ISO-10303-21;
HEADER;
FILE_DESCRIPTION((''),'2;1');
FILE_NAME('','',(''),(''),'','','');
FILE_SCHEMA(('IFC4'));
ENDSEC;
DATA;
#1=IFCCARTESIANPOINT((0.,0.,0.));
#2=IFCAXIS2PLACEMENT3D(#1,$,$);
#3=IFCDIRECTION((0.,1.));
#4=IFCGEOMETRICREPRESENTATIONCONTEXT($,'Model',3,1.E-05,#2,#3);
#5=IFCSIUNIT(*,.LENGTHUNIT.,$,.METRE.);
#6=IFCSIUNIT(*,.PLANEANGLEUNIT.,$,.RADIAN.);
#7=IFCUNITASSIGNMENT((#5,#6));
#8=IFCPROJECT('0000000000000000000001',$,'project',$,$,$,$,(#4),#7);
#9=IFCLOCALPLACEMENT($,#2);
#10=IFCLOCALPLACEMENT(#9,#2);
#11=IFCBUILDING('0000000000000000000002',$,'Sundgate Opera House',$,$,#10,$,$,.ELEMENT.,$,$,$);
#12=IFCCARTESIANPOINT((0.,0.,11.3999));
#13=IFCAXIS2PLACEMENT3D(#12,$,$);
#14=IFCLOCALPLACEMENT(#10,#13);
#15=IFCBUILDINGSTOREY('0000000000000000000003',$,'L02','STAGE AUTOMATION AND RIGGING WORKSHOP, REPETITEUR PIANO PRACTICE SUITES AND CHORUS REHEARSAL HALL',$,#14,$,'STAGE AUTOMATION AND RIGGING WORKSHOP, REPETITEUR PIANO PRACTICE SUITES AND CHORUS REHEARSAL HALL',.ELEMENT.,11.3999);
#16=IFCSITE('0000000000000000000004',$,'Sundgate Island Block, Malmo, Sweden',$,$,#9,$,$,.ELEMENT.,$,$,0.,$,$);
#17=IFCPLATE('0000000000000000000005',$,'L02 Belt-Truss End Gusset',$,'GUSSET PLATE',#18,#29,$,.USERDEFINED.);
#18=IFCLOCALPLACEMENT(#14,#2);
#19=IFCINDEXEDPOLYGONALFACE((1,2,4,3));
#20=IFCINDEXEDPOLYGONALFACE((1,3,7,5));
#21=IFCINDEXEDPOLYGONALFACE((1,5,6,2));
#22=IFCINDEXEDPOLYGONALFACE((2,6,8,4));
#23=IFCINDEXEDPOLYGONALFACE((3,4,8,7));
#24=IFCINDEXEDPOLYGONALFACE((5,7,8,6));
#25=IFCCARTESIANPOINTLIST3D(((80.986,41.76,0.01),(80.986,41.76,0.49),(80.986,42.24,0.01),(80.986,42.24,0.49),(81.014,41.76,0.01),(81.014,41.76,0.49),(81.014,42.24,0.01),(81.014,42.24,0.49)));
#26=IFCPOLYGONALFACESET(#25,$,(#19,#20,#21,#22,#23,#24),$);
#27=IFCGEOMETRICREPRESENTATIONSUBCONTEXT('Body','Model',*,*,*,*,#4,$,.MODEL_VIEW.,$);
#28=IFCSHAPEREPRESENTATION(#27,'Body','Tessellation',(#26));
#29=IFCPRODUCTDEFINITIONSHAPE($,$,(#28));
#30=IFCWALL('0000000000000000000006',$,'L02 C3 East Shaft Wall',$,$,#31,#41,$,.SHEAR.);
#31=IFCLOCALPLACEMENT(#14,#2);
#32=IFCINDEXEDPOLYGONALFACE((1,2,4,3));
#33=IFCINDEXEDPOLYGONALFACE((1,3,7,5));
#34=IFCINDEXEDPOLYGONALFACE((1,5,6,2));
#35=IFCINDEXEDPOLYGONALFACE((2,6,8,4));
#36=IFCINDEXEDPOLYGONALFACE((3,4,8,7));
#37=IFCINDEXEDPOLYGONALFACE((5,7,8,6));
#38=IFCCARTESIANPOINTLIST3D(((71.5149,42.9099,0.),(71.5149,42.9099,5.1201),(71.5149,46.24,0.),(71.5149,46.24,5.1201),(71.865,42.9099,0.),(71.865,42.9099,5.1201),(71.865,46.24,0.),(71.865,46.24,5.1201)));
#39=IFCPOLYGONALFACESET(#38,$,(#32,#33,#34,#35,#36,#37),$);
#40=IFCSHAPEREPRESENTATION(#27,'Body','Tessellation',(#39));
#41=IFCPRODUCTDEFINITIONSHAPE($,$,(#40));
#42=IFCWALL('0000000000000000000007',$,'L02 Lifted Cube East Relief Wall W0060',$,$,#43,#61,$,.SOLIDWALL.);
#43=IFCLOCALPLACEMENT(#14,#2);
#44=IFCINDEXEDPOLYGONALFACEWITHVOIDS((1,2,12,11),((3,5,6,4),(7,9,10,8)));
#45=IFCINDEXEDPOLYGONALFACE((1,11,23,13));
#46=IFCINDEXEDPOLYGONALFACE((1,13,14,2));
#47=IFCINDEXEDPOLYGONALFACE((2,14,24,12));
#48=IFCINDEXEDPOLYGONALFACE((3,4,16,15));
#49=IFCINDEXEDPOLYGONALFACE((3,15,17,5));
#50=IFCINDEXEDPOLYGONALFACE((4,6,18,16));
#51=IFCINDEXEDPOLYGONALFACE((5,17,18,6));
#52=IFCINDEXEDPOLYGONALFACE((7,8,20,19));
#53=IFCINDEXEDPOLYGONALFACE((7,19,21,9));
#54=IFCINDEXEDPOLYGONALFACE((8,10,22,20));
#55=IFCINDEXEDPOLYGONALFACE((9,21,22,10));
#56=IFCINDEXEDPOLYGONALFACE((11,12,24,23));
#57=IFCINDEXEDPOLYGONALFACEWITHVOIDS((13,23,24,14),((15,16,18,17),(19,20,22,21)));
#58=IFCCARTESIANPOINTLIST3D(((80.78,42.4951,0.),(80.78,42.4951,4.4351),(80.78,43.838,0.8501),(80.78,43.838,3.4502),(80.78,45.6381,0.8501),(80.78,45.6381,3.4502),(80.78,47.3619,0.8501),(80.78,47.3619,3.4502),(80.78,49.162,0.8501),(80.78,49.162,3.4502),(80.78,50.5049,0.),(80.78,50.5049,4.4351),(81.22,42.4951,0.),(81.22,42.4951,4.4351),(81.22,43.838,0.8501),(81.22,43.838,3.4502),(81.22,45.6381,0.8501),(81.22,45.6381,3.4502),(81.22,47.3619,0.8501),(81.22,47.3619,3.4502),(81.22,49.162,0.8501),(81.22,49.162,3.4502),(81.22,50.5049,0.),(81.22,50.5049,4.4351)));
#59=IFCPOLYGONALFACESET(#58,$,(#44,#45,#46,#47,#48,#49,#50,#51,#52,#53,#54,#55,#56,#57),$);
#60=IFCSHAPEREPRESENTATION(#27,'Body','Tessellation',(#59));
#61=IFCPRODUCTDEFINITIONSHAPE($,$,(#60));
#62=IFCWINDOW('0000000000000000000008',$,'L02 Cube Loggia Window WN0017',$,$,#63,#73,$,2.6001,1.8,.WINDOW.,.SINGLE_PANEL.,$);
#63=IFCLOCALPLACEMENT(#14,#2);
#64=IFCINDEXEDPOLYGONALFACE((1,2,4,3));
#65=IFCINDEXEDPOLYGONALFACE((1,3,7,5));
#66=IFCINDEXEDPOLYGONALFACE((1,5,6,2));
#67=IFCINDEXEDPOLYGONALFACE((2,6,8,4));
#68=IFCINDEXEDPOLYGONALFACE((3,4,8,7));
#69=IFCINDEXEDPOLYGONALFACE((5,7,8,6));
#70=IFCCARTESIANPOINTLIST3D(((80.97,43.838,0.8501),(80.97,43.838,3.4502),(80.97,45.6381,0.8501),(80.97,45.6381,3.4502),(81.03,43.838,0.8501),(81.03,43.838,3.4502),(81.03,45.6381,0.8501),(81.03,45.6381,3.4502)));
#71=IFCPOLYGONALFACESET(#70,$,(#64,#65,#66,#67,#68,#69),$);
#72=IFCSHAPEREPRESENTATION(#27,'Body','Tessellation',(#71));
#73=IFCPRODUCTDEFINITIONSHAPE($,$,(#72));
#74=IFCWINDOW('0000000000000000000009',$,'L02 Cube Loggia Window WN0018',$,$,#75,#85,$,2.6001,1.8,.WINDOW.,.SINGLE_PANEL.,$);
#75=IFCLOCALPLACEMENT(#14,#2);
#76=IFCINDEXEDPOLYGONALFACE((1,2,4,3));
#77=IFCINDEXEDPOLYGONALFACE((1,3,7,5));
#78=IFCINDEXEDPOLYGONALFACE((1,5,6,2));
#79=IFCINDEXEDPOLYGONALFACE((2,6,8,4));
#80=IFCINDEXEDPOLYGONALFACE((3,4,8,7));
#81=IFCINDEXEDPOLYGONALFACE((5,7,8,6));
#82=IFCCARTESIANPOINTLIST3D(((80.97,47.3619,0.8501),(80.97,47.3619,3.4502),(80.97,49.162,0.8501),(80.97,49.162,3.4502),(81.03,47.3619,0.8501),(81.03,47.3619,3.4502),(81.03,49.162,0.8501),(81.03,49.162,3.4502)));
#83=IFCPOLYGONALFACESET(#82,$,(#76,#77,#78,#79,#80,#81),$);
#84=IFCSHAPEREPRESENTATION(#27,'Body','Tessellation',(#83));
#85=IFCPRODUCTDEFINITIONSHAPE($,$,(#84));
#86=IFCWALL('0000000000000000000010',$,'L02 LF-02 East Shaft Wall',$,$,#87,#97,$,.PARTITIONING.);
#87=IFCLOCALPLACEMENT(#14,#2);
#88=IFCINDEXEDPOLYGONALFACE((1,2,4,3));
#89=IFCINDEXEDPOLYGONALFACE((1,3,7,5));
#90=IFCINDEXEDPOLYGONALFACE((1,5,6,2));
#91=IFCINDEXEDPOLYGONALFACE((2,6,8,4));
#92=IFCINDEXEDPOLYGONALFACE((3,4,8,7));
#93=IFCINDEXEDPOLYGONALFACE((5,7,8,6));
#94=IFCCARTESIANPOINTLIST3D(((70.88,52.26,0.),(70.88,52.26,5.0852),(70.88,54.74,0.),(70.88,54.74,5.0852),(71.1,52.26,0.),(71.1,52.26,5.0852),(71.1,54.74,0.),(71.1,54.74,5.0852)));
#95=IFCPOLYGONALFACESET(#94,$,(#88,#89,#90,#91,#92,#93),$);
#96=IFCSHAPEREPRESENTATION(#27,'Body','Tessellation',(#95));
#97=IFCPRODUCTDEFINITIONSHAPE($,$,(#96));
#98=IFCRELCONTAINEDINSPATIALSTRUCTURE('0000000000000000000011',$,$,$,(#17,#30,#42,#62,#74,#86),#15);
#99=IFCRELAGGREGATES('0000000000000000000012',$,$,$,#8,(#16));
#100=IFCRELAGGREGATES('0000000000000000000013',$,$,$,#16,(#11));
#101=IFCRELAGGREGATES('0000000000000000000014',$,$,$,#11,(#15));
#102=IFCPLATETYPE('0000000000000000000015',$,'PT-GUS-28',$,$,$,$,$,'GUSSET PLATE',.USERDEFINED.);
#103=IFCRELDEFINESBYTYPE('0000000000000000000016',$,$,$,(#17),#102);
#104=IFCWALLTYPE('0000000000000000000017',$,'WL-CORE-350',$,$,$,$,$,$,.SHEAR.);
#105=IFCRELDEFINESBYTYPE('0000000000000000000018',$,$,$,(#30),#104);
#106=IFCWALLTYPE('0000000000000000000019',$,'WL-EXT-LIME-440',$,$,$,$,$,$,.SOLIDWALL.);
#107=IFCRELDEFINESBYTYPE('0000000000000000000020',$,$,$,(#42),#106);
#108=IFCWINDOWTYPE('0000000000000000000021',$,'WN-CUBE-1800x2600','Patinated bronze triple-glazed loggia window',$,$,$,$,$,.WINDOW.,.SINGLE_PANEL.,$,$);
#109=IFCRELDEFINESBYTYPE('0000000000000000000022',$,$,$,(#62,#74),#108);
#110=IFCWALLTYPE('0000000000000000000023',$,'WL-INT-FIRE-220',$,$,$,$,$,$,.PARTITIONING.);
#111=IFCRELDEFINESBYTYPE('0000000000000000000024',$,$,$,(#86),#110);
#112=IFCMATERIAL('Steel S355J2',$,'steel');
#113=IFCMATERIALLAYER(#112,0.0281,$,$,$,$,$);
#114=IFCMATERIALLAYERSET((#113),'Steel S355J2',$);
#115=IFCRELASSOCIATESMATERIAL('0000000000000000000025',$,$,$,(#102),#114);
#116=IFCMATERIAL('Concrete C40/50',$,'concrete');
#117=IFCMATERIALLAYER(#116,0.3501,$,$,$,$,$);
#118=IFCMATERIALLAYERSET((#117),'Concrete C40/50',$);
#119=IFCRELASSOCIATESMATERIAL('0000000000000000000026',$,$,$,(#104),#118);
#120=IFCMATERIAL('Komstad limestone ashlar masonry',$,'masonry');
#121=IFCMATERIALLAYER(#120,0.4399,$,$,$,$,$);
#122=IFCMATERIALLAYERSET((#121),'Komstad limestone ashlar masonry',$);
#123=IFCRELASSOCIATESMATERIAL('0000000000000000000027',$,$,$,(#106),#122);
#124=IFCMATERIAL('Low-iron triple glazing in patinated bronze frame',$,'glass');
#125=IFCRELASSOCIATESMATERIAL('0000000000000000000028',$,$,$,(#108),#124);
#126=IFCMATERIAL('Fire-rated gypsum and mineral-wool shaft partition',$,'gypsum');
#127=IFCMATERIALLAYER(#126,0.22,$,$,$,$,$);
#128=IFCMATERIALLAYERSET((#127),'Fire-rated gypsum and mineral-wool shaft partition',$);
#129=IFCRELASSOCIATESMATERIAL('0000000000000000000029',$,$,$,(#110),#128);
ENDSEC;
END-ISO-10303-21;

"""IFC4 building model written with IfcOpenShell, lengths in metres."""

from ifc_helpers import new_model, si_unit, direction, frame, frame_2d, origin, origin_2d, place, context, subcontext, project, spatial, rectangle, extrude, material, layer, layer_set, type_object, element, fill, save


model = new_model("IFC4")

# Units and contexts
model_context = context("Model", 3, precision=1e-05, world=origin(), true_north=direction((0.0, 1.0)))
body_context = subcontext(model_context, "Body", "Model", "MODEL_VIEW")
ifc_project = project(units=[si_unit("LENGTHUNIT", "METRE"), si_unit("PLANEANGLEUNIT", "RADIAN")], contexts=[model_context])

# Site, building, storey
site_placement = place(None, origin())
site = spatial("IfcSite", under=ifc_project, at=site_placement, Name="Sundgate Island Block, Malmo, Sweden", CompositionType="ELEMENT", RefElevation=0.0)
building_placement = place(site_placement, origin())
building = spatial("IfcBuilding", under=site, at=building_placement, Name="Sundgate Opera House", CompositionType="ELEMENT")
storey_placement = place(building_placement, frame((0.0, 0.0, 11.3999)))
storey = spatial("IfcBuildingStorey", under=building, at=storey_placement, Name="L02", Description="STAGE AUTOMATION AND RIGGING WORKSHOP, REPETITEUR PIANO PRACTICE SUITES AND CHORUS REHEARSAL HALL", LongName="STAGE AUTOMATION AND RIGGING WORKSHOP, REPETITEUR PIANO PRACTICE SUITES AND CHORUS REHEARSAL HALL", CompositionType="ELEMENT", Elevation=11.3999)

# Plate
ifc_material_1 = material(Name="Steel S355J2", Category="steel")
ifc_layer_1 = layer(ifc_material_1, 0.0281)
ifc_layer_set_1 = layer_set([ifc_layer_1], Name="Steel S355J2")
plate_type_1 = type_object("IfcPlateType", Name="PT-GUS-28", ElementType="GUSSET PLATE", PredefinedType="USERDEFINED", material=ifc_layer_set_1)
for number, where, z_axis, x_axis, name in (
    (1, (81.0, 42.0, 0.01), (0.0, 0.0, 1.0), (1.0, 0.0, 0.0), "L02 Belt-Truss End Gusset"),
):
    element("IfcPlate", number, at=place(storey_placement, frame(where, z_axis=z_axis, x_axis=x_axis)), inside=storey, type_object=plate_type_1, Name=name, ObjectType="GUSSET PLATE", PredefinedType="USERDEFINED", context=body_context, shape_type="SweptSolid", body=[
        extrude(rectangle(XDim=0.0281, YDim=0.48, at=origin_2d()), origin(), (0.0, 0.0, 1.0), 0.48),
    ])

# Wall
ifc_material_2 = material(Name="Concrete C40/50", Category="concrete")
ifc_layer_2 = layer(ifc_material_2, 0.3501)
ifc_layer_set_2 = layer_set([ifc_layer_2], Name="Concrete C40/50")
wall_type_1 = type_object("IfcWallType", Name="WL-CORE-350", PredefinedType="SHEAR", material=ifc_layer_set_2)
wall_1_placement = place(storey_placement, frame((71.6899, 42.9099, 0.0), z_axis=(0.0, 0.0, 1.0), x_axis=(0.0, 1.0, 0.0)))
element("IfcWall", 2, at=wall_1_placement, inside=storey, type_object=wall_type_1, Name="L02 C3 East Shaft Wall", PredefinedType="SHEAR", context=body_context, shape_type="SweptSolid", body=[
    extrude(rectangle(XDim=3.3301, YDim=0.3501, at=frame_2d((1.665, 0.0))), origin(), (0.0, 0.0, 1.0), 5.1201),
])

# Wall, openings, windows
ifc_material_3 = material(Name="Komstad limestone ashlar masonry", Category="masonry")
ifc_layer_3 = layer(ifc_material_3, 0.4399)
ifc_layer_set_3 = layer_set([ifc_layer_3], Name="Komstad limestone ashlar masonry")
wall_type_2 = type_object("IfcWallType", Name="WL-EXT-LIME-440", PredefinedType="SOLIDWALL", material=ifc_layer_set_3)
wall_2_placement = place(storey_placement, frame((81.0, 42.4951, 0.0), z_axis=(0.0, 0.0, 1.0), x_axis=(0.0, 1.0, 0.0)))
wall_2 = element("IfcWall", 3, at=wall_2_placement, inside=storey, type_object=wall_type_2, Name="L02 Lifted Cube East Relief Wall W0060", PredefinedType="SOLIDWALL", context=body_context, shape_type="SweptSolid", body=[
    extrude(rectangle(XDim=8.0098, YDim=0.4399, at=frame_2d((4.0049, 0.0))), origin(), (0.0, 0.0, 1.0), 4.4351),
])
opening_1_placement = place(wall_2_placement, frame((1.343, 0.0, 0.8501)))
opening_1 = element("IfcOpeningElement", 4, at=opening_1_placement, cuts=wall_2, PredefinedType="OPENING", context=body_context, shape_type="SweptSolid", body=[
    extrude(rectangle(XDim=1.8, YDim=2.6001, at=frame_2d((0.8999, 1.3))), frame((0.0, 0.23, 0.0), z_axis=(0.0, -1.0, 0.0), x_axis=(1.0, 0.0, 0.0)), (0.0, 0.0, 1.0), 0.46),
])
opening_2_placement = place(wall_2_placement, frame((4.8669, 0.0, 0.8501)))
opening_2 = element("IfcOpeningElement", 5, at=opening_2_placement, cuts=wall_2, PredefinedType="OPENING", context=body_context, shape_type="SweptSolid", body=[
    extrude(rectangle(XDim=1.8, YDim=2.6001, at=frame_2d((0.8999, 1.3))), frame((0.0, 0.23, 0.0), z_axis=(0.0, -1.0, 0.0), x_axis=(1.0, 0.0, 0.0)), (0.0, 0.0, 1.0), 0.46),
])
ifc_material_4 = material(Name="Low-iron triple glazing in patinated bronze frame", Category="glass")
window_type = type_object("IfcWindowType", Name="WN-CUBE-1800x2600", Description="Patinated bronze triple-glazed loggia window", PartitioningType="SINGLE_PANEL", PredefinedType="WINDOW", material=ifc_material_4)
window_1_placement = place(opening_1_placement, origin())
window_1 = element("IfcWindow", 6, at=window_1_placement, inside=storey, type_object=window_type, Name="L02 Cube Loggia Window WN0017", OverallHeight=2.6001, OverallWidth=1.8, PartitioningType="SINGLE_PANEL", PredefinedType="WINDOW", context=body_context, shape_type="SweptSolid", body=[
    extrude(rectangle(XDim=1.8, YDim=2.6001, at=frame_2d((0.8999, 1.3))), frame((0.0, 0.03, 0.0), z_axis=(0.0, -1.0, 0.0), x_axis=(1.0, 0.0, 0.0)), (0.0, 0.0, 1.0), 0.0601),
])
fill(opening_1, window_1)
window_2_placement = place(opening_2_placement, origin())
window_2 = element("IfcWindow", 7, at=window_2_placement, inside=storey, type_object=window_type, Name="L02 Cube Loggia Window WN0018", OverallHeight=2.6001, OverallWidth=1.8, PartitioningType="SINGLE_PANEL", PredefinedType="WINDOW", context=body_context, shape_type="SweptSolid", body=[
    extrude(rectangle(XDim=1.8, YDim=2.6001, at=frame_2d((0.8999, 1.3))), frame((0.0, 0.03, 0.0), z_axis=(0.0, -1.0, 0.0), x_axis=(1.0, 0.0, 0.0)), (0.0, 0.0, 1.0), 0.0601),
])
fill(opening_2, window_2)

# Wall
ifc_material_5 = material(Name="Fire-rated gypsum and mineral-wool shaft partition", Category="gypsum")
ifc_layer_4 = layer(ifc_material_5, 0.22)
ifc_layer_set_4 = layer_set([ifc_layer_4], Name="Fire-rated gypsum and mineral-wool shaft partition")
wall_type_3 = type_object("IfcWallType", Name="WL-INT-FIRE-220", PredefinedType="PARTITIONING", material=ifc_layer_set_4)
wall_3_placement = place(storey_placement, frame((70.99, 52.26, 0.0), z_axis=(0.0, 0.0, 1.0), x_axis=(0.0, 1.0, 0.0)))
element("IfcWall", 8, at=wall_3_placement, inside=storey, type_object=wall_type_3, Name="L02 LF-02 East Shaft Wall", PredefinedType="PARTITIONING", context=body_context, shape_type="SweptSolid", body=[
    extrude(rectangle(XDim=2.48, YDim=0.22, at=frame_2d((1.24, 0.0))), origin(), (0.0, 0.0, 1.0), 5.0852),
])

save(model, "model.ifc")
